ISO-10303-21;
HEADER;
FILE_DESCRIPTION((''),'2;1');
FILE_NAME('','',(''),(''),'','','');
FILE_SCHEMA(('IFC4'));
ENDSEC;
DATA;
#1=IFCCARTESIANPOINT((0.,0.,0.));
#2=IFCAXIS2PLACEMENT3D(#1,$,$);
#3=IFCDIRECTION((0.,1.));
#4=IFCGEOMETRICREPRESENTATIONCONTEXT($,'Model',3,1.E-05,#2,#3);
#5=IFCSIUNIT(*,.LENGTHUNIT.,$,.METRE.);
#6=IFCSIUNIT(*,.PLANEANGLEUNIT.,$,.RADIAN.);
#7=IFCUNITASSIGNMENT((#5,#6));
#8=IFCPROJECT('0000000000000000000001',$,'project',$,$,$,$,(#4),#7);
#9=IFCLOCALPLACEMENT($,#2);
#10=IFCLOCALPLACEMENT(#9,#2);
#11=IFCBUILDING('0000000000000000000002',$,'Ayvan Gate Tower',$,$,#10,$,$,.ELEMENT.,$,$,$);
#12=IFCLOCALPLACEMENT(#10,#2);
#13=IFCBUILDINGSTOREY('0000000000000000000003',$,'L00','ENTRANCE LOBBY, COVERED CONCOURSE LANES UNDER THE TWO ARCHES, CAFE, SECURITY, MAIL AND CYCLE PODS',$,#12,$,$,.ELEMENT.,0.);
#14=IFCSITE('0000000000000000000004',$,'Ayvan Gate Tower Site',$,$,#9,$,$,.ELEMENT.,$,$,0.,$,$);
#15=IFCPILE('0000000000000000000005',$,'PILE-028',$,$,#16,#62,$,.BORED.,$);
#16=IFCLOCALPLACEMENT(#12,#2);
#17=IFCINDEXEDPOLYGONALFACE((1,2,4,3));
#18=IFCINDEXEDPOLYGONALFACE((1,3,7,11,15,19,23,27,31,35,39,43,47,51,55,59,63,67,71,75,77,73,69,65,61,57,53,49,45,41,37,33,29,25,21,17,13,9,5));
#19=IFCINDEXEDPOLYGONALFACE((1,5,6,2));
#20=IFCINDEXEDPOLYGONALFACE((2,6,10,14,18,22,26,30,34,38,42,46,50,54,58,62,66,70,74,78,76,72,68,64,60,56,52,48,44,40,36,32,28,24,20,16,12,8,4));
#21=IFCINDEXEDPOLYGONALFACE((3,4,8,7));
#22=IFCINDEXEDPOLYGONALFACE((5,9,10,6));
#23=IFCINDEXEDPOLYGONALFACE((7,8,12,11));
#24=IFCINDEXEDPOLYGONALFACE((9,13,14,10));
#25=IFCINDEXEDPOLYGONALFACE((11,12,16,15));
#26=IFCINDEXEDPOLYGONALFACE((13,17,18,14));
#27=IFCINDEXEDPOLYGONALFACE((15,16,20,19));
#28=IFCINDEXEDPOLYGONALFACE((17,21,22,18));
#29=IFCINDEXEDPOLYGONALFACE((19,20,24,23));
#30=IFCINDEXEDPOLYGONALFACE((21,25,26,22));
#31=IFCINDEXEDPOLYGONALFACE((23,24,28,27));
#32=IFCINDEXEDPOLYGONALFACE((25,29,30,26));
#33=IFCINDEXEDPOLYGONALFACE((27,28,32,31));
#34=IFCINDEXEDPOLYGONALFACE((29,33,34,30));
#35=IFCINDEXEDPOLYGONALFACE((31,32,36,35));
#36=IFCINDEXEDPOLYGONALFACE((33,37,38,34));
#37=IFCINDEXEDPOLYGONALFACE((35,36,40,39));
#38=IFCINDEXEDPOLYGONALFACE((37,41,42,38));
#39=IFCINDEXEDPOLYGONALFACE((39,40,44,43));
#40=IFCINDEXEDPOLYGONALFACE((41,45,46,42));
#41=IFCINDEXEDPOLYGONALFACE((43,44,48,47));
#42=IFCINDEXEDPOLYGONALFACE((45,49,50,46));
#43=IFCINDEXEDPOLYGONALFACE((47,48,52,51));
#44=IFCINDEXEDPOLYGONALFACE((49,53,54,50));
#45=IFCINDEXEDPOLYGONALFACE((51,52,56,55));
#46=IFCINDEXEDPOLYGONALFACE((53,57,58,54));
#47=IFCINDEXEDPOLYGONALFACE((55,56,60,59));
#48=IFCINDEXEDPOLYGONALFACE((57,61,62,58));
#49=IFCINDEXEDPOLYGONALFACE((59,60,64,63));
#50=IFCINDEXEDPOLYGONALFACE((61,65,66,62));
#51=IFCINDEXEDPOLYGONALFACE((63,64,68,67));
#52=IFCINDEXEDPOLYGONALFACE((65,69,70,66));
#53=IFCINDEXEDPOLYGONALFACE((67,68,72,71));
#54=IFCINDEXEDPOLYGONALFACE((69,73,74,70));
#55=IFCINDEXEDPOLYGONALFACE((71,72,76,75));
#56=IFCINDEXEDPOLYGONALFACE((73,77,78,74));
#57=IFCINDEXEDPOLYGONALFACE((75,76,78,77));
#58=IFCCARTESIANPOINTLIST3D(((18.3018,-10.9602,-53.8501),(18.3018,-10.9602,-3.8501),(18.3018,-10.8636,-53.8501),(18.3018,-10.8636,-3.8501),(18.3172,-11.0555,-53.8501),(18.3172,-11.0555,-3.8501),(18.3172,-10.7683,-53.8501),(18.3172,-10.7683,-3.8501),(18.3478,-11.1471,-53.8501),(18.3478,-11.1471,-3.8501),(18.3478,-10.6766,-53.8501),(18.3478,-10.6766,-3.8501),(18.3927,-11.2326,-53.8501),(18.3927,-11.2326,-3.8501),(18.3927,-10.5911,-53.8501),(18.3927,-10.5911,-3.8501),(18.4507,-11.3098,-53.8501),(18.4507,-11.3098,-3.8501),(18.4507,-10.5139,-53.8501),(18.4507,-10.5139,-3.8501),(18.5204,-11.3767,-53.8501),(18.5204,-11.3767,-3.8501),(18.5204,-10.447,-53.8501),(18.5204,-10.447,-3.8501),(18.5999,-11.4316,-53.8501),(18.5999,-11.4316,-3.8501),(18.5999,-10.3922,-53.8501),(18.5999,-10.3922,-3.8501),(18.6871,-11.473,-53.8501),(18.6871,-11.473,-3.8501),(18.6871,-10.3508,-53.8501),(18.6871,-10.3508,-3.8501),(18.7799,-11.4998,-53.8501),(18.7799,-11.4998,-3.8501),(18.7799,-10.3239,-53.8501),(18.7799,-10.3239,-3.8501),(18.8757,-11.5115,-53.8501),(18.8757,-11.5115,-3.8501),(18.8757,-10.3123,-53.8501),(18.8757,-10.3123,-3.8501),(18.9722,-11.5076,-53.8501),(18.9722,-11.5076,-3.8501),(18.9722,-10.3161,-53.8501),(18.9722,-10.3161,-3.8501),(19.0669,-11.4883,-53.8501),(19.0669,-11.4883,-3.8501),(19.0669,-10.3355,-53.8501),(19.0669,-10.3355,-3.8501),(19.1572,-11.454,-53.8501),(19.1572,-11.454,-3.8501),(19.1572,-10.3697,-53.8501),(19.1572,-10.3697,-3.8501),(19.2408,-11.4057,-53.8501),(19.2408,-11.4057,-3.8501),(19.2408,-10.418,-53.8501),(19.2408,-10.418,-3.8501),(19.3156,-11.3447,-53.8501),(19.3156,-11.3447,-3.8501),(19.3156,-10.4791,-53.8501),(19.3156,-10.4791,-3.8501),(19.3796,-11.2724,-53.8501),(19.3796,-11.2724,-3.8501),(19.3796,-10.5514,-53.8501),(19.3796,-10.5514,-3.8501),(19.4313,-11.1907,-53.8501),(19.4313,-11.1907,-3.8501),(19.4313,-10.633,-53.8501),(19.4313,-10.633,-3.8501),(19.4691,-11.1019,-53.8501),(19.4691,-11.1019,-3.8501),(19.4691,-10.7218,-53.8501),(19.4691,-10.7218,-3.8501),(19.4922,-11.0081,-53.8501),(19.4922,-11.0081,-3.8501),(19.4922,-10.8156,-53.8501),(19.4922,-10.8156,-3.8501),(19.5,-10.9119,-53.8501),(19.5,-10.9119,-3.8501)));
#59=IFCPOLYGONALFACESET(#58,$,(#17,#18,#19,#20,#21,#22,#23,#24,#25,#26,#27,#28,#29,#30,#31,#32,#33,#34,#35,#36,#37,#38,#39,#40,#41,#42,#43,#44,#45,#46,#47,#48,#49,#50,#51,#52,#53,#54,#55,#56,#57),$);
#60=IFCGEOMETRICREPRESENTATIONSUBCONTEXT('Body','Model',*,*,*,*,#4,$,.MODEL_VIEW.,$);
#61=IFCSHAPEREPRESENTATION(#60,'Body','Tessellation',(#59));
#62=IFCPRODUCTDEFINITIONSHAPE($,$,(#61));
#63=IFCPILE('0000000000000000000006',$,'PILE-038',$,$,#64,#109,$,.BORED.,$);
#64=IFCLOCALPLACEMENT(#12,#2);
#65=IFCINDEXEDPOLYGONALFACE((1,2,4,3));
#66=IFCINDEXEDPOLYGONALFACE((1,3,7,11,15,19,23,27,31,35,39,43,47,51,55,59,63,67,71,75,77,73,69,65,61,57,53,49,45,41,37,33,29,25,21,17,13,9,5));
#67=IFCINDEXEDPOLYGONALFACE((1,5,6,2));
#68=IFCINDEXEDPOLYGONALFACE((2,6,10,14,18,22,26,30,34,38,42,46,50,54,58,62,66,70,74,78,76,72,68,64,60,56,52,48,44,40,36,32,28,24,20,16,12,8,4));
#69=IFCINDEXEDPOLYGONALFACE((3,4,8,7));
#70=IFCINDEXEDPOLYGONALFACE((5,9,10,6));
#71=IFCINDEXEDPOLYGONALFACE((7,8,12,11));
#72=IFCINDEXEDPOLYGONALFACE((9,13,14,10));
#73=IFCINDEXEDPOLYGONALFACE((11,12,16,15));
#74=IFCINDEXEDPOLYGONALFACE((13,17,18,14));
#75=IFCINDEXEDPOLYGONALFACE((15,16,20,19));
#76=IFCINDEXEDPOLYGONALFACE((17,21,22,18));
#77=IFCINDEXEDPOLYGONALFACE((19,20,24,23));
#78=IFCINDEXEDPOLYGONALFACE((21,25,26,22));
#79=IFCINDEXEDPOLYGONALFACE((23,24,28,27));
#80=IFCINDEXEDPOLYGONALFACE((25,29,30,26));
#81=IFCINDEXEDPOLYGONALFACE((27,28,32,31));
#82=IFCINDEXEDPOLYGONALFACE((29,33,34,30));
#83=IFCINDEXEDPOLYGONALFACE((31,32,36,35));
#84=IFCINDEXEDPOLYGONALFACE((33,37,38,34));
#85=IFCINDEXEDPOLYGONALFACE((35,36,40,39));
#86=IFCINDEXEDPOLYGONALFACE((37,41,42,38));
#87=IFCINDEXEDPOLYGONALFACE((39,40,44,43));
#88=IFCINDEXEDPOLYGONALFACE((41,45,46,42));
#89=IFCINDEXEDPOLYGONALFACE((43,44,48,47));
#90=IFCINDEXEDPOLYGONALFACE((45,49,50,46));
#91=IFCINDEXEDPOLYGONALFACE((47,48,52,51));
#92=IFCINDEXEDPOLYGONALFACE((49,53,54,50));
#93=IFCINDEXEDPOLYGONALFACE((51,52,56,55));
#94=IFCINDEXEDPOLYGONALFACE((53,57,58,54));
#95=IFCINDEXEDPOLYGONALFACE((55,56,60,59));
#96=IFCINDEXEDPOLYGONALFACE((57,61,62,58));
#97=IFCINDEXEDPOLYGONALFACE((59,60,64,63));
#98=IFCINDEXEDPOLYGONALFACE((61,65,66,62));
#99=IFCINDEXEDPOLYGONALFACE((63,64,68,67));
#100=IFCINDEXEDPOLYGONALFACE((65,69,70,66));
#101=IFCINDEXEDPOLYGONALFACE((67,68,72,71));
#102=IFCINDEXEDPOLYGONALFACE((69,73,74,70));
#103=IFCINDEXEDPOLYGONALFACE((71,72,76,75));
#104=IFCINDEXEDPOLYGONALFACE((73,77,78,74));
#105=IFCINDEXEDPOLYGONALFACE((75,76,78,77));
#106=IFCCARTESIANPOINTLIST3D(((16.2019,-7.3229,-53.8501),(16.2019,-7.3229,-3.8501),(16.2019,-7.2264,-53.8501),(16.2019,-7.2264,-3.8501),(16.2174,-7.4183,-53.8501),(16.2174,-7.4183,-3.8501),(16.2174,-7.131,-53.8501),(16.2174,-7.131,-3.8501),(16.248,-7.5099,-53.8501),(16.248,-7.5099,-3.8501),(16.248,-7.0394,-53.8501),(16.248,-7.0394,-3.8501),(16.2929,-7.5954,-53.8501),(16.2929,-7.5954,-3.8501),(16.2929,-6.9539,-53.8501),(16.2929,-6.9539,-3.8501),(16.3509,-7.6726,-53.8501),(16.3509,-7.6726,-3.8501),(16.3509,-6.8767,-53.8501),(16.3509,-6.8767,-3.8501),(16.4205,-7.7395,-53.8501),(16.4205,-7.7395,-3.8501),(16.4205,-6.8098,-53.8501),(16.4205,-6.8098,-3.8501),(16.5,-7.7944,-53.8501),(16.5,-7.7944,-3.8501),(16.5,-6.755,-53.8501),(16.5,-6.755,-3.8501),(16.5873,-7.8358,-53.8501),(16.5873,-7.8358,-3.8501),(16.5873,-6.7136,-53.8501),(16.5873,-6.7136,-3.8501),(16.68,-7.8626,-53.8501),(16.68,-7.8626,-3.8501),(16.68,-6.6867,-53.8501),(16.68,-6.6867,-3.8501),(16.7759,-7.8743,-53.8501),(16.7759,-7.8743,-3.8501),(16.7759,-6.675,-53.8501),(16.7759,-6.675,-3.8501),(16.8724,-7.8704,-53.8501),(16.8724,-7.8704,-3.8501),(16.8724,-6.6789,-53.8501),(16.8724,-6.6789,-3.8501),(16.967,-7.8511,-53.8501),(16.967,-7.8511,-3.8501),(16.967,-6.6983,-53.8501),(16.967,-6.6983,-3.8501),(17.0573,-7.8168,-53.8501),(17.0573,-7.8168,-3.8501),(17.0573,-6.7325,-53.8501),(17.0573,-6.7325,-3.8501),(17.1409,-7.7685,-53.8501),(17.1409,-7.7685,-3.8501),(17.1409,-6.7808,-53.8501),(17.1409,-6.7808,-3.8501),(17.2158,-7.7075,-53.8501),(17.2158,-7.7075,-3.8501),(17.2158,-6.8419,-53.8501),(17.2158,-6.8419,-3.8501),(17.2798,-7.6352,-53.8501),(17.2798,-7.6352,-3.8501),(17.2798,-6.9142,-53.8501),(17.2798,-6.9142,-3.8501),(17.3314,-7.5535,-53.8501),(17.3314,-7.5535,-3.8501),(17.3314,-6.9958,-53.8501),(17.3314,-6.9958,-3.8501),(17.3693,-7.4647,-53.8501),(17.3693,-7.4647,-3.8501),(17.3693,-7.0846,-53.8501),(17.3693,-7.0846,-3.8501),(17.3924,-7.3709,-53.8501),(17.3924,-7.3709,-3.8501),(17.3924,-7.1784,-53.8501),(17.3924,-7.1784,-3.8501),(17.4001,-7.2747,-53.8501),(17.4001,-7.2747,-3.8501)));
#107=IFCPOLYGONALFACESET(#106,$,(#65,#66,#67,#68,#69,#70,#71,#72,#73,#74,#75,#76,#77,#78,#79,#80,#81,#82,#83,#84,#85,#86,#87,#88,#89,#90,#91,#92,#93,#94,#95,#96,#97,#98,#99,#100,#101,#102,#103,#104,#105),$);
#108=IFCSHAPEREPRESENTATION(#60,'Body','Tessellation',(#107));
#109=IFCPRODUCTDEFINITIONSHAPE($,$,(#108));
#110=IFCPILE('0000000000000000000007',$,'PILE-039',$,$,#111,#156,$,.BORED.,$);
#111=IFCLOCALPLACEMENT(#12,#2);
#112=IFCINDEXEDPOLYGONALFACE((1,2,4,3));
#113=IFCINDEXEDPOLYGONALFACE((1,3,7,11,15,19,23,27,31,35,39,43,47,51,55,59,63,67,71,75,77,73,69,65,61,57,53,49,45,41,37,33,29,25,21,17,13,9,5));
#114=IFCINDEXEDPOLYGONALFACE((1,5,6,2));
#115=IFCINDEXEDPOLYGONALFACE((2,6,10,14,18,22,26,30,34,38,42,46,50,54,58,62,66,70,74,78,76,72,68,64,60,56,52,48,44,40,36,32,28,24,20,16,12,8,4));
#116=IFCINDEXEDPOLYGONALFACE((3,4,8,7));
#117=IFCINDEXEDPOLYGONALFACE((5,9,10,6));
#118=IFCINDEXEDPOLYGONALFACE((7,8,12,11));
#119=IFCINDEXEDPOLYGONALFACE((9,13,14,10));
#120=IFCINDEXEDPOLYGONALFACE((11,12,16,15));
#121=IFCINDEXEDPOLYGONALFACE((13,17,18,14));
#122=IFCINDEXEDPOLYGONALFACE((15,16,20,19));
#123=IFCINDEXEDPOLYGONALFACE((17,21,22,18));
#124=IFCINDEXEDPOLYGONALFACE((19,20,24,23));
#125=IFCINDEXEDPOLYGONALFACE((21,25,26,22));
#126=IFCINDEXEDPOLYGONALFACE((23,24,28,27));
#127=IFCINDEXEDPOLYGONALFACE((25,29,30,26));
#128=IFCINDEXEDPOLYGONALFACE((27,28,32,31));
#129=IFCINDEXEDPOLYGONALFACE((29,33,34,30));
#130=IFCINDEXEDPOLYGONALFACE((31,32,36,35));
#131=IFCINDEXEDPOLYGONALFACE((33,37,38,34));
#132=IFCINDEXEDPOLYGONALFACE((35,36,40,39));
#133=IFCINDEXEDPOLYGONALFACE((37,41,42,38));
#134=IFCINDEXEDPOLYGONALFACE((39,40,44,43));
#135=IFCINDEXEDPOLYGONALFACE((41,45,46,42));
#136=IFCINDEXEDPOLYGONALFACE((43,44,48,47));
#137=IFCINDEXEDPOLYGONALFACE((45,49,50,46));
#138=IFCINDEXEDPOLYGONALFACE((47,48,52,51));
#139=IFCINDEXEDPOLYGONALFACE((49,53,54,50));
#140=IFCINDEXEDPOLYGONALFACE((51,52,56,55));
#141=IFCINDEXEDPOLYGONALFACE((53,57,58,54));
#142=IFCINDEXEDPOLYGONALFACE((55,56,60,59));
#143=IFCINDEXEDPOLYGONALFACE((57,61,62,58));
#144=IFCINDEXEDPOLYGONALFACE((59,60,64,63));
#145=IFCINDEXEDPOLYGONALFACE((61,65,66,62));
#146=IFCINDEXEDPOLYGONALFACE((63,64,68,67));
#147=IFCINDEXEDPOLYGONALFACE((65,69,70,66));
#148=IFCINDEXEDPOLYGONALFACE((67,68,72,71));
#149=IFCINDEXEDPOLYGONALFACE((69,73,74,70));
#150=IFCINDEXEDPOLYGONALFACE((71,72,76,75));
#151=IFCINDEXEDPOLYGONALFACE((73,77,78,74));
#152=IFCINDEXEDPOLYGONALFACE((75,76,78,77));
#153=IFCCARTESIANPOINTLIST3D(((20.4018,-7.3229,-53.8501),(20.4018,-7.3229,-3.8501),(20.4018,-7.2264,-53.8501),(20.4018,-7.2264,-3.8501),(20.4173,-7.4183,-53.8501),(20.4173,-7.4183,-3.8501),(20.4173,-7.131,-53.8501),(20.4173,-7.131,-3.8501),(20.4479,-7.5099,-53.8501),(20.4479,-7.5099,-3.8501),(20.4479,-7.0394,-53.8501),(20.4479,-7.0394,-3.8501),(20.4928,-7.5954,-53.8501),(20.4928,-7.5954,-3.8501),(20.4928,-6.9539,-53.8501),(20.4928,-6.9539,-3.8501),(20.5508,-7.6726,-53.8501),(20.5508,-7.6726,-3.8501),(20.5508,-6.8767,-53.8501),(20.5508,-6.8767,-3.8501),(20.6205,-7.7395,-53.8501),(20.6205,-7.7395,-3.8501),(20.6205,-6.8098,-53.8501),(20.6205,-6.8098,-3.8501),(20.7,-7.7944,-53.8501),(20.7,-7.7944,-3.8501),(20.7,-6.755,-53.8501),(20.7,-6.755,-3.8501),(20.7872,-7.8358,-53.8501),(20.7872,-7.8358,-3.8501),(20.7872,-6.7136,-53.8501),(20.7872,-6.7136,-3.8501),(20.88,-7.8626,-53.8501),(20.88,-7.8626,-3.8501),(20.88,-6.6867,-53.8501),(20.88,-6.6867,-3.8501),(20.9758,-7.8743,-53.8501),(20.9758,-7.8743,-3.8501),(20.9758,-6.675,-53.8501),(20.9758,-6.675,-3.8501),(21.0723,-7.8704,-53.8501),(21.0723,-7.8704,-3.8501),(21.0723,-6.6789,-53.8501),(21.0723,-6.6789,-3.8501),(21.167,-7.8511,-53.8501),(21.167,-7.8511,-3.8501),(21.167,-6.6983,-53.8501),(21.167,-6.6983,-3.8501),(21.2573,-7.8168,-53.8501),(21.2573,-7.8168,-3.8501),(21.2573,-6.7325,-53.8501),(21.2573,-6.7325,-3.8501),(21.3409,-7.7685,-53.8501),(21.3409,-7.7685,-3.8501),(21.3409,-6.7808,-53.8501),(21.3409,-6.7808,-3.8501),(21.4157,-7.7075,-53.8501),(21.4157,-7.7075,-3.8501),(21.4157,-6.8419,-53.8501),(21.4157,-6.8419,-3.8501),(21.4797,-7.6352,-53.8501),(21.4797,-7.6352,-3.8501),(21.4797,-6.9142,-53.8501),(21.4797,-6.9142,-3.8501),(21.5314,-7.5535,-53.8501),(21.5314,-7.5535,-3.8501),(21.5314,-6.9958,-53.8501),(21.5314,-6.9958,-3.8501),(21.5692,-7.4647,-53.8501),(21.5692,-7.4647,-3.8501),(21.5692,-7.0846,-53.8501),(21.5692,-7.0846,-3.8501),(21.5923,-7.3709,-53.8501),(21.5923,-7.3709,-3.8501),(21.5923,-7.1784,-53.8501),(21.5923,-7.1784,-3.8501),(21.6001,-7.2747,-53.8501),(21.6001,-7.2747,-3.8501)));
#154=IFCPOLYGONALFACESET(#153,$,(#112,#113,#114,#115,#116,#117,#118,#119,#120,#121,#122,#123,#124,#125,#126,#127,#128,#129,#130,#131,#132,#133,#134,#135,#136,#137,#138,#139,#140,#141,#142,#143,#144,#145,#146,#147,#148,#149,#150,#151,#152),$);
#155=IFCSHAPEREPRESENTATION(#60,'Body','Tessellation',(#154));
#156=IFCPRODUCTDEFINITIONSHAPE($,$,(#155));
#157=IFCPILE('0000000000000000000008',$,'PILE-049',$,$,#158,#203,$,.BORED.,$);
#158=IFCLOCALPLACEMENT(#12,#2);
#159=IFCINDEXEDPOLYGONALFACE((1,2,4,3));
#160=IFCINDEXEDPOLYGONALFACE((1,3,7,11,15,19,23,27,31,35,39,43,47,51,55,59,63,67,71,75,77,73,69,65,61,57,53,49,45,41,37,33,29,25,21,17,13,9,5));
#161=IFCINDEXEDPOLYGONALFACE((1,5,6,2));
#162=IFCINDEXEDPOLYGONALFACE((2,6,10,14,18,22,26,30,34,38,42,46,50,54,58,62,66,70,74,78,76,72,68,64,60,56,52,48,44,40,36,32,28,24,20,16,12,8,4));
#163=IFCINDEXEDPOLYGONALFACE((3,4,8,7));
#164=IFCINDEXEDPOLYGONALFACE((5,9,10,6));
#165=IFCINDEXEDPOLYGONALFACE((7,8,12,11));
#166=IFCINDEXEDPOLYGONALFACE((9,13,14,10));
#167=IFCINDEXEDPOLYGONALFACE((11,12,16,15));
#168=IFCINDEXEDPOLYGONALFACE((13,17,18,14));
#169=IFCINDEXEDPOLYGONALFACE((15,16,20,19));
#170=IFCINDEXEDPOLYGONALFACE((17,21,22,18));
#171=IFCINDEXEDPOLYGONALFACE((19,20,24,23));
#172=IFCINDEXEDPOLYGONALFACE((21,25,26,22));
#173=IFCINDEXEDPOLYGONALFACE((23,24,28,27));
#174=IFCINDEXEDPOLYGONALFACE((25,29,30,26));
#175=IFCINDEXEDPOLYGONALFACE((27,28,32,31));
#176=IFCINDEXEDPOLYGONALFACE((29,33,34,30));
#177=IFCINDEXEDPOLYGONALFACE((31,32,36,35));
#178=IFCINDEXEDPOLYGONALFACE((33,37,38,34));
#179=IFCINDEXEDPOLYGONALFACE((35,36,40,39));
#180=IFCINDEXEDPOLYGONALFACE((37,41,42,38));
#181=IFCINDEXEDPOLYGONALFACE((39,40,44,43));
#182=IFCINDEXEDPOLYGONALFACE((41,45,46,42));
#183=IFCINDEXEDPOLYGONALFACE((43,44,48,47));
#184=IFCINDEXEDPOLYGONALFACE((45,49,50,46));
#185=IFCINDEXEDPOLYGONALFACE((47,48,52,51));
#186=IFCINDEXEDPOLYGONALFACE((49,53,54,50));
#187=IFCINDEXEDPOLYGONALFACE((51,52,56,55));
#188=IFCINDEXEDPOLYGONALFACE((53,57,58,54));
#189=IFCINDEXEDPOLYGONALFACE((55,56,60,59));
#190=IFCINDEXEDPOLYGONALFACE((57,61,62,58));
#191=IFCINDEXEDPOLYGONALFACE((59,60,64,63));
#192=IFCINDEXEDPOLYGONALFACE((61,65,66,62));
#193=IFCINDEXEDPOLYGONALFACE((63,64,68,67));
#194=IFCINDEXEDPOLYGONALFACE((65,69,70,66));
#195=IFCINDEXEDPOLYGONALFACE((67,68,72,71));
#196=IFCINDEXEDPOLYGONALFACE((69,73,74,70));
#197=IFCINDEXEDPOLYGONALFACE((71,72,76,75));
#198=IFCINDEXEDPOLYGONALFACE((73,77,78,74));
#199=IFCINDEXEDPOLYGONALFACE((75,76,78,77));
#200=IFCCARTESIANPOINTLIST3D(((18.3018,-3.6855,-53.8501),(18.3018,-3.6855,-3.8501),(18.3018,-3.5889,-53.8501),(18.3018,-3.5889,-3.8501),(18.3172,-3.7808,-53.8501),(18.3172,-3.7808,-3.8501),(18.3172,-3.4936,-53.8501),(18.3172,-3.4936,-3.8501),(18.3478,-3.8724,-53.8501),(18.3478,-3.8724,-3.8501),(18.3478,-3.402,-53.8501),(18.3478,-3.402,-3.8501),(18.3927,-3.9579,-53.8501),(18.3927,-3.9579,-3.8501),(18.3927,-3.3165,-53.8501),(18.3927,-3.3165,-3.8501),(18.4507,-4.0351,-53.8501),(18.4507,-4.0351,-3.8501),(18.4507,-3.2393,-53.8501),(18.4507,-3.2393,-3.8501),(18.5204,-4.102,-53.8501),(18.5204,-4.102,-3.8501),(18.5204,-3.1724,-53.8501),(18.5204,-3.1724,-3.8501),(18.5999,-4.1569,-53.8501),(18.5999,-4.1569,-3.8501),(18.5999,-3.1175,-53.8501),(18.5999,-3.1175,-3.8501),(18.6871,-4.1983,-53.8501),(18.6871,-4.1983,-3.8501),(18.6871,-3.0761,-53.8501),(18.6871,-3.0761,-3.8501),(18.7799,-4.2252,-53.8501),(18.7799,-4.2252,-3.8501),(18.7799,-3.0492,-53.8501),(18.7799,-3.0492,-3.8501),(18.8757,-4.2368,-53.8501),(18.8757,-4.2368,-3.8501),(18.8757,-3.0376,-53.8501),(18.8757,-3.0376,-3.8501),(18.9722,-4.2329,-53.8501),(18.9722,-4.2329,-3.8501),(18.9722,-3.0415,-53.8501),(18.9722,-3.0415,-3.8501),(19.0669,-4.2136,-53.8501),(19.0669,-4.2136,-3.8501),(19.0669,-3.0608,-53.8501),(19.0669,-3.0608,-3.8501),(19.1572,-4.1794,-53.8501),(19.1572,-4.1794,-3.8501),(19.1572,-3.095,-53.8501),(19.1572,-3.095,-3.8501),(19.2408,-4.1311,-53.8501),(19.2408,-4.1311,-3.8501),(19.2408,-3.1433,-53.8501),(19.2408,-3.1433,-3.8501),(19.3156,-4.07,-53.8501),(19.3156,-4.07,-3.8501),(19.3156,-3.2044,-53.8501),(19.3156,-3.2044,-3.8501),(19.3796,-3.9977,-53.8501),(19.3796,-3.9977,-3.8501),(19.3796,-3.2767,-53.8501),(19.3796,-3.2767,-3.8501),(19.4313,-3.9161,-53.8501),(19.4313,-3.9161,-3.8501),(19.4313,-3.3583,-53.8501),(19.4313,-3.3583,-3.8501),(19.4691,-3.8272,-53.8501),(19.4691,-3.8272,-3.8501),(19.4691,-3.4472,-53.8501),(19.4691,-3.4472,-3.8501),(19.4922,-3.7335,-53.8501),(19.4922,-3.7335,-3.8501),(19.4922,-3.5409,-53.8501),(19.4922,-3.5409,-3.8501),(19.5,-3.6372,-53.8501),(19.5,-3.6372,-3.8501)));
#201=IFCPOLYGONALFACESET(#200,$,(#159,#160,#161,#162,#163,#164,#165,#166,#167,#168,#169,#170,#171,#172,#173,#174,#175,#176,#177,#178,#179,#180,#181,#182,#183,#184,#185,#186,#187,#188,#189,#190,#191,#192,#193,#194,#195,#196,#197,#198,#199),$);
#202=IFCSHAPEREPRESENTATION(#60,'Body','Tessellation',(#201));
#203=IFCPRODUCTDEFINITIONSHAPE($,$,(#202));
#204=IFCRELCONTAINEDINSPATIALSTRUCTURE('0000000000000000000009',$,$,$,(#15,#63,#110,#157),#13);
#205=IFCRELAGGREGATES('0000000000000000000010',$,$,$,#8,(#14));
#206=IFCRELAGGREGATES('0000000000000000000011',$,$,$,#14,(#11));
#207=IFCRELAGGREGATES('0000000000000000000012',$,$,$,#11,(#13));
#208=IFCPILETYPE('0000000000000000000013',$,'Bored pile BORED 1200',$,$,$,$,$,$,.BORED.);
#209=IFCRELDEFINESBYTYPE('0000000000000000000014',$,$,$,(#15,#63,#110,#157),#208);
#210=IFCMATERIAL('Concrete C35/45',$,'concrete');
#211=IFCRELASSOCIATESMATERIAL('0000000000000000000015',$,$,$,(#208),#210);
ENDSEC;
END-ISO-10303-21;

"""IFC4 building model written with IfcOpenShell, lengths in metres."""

from ifc_helpers import new_model, si_unit, direction, frame, origin, origin_2d, place, context, subcontext, project, spatial, circle, extrude, material, material_profile, profile_set, type_object, element, save


model = new_model("IFC4")

# Units and contexts
model_context = context("Model", 3, precision=1e-05, world=origin(), true_north=direction((0.0, 1.0)))
body_context = subcontext(model_context, "Body", "Model", "MODEL_VIEW")
ifc_project = project(units=[si_unit("LENGTHUNIT", "METRE"), si_unit("PLANEANGLEUNIT", "RADIAN")], contexts=[model_context])

# Site, building, storey
site_placement = place(None, origin())
site = spatial("IfcSite", under=ifc_project, at=site_placement, Name="Ayvan Gate Tower Site", CompositionType="ELEMENT", RefElevation=0.0)
building_placement = place(site_placement, origin())
building = spatial("IfcBuilding", under=site, at=building_placement, Name="Ayvan Gate Tower", CompositionType="ELEMENT")
storey_placement = place(building_placement, origin())
storey = spatial("IfcBuildingStorey", under=building, at=storey_placement, Name="L00", Description="ENTRANCE LOBBY, COVERED CONCOURSE LANES UNDER THE TWO ARCHES, CAFE, SECURITY, MAIL AND CYCLE PODS", CompositionType="ELEMENT", Elevation=0.0)

# Piles
ifc_material_1 = material(Name="Concrete C35/45", Category="concrete")
ifc_material_profile_1 = material_profile(ifc_material_1, circle(Radius=0.6001, at=origin_2d()), Name="BORED 1200")
ifc_profile_set_1 = profile_set([ifc_material_profile_1], Name="Concrete C35/45")
pile_type = type_object("IfcPileType", Name="Bored pile BORED 1200", PredefinedType="BORED", material=ifc_profile_set_1)
for number, where, z_axis, x_axis, name in (
    (1, (18.8999, -10.9119, -3.8501), (0.0, 0.0, -1.0), (1.0, 0.0, 0.0), "PILE-028"),
    (2, (16.8, -7.2747, -3.8501), (0.0, 0.0, -1.0), (1.0, 0.0, 0.0), "PILE-038"),
    (3, (21.0, -7.2747, -3.8501), (0.0, 0.0, -1.0), (1.0, 0.0, 0.0), "PILE-039"),
    (4, (18.8999, -3.6372, -3.8501), (0.0, 0.0, -1.0), (1.0, 0.0, 0.0), "PILE-049"),
):
    element("IfcPile", number, at=place(storey_placement, frame(where, z_axis=z_axis, x_axis=x_axis)), inside=storey, type_object=pile_type, Name=name, PredefinedType="BORED", context=body_context, shape_type="SweptSolid", body=[
        extrude(circle(Radius=0.6001, at=origin_2d()), origin(), (0.0, 0.0, 1.0), 50.0),
    ])

save(model, "model.ifc")
